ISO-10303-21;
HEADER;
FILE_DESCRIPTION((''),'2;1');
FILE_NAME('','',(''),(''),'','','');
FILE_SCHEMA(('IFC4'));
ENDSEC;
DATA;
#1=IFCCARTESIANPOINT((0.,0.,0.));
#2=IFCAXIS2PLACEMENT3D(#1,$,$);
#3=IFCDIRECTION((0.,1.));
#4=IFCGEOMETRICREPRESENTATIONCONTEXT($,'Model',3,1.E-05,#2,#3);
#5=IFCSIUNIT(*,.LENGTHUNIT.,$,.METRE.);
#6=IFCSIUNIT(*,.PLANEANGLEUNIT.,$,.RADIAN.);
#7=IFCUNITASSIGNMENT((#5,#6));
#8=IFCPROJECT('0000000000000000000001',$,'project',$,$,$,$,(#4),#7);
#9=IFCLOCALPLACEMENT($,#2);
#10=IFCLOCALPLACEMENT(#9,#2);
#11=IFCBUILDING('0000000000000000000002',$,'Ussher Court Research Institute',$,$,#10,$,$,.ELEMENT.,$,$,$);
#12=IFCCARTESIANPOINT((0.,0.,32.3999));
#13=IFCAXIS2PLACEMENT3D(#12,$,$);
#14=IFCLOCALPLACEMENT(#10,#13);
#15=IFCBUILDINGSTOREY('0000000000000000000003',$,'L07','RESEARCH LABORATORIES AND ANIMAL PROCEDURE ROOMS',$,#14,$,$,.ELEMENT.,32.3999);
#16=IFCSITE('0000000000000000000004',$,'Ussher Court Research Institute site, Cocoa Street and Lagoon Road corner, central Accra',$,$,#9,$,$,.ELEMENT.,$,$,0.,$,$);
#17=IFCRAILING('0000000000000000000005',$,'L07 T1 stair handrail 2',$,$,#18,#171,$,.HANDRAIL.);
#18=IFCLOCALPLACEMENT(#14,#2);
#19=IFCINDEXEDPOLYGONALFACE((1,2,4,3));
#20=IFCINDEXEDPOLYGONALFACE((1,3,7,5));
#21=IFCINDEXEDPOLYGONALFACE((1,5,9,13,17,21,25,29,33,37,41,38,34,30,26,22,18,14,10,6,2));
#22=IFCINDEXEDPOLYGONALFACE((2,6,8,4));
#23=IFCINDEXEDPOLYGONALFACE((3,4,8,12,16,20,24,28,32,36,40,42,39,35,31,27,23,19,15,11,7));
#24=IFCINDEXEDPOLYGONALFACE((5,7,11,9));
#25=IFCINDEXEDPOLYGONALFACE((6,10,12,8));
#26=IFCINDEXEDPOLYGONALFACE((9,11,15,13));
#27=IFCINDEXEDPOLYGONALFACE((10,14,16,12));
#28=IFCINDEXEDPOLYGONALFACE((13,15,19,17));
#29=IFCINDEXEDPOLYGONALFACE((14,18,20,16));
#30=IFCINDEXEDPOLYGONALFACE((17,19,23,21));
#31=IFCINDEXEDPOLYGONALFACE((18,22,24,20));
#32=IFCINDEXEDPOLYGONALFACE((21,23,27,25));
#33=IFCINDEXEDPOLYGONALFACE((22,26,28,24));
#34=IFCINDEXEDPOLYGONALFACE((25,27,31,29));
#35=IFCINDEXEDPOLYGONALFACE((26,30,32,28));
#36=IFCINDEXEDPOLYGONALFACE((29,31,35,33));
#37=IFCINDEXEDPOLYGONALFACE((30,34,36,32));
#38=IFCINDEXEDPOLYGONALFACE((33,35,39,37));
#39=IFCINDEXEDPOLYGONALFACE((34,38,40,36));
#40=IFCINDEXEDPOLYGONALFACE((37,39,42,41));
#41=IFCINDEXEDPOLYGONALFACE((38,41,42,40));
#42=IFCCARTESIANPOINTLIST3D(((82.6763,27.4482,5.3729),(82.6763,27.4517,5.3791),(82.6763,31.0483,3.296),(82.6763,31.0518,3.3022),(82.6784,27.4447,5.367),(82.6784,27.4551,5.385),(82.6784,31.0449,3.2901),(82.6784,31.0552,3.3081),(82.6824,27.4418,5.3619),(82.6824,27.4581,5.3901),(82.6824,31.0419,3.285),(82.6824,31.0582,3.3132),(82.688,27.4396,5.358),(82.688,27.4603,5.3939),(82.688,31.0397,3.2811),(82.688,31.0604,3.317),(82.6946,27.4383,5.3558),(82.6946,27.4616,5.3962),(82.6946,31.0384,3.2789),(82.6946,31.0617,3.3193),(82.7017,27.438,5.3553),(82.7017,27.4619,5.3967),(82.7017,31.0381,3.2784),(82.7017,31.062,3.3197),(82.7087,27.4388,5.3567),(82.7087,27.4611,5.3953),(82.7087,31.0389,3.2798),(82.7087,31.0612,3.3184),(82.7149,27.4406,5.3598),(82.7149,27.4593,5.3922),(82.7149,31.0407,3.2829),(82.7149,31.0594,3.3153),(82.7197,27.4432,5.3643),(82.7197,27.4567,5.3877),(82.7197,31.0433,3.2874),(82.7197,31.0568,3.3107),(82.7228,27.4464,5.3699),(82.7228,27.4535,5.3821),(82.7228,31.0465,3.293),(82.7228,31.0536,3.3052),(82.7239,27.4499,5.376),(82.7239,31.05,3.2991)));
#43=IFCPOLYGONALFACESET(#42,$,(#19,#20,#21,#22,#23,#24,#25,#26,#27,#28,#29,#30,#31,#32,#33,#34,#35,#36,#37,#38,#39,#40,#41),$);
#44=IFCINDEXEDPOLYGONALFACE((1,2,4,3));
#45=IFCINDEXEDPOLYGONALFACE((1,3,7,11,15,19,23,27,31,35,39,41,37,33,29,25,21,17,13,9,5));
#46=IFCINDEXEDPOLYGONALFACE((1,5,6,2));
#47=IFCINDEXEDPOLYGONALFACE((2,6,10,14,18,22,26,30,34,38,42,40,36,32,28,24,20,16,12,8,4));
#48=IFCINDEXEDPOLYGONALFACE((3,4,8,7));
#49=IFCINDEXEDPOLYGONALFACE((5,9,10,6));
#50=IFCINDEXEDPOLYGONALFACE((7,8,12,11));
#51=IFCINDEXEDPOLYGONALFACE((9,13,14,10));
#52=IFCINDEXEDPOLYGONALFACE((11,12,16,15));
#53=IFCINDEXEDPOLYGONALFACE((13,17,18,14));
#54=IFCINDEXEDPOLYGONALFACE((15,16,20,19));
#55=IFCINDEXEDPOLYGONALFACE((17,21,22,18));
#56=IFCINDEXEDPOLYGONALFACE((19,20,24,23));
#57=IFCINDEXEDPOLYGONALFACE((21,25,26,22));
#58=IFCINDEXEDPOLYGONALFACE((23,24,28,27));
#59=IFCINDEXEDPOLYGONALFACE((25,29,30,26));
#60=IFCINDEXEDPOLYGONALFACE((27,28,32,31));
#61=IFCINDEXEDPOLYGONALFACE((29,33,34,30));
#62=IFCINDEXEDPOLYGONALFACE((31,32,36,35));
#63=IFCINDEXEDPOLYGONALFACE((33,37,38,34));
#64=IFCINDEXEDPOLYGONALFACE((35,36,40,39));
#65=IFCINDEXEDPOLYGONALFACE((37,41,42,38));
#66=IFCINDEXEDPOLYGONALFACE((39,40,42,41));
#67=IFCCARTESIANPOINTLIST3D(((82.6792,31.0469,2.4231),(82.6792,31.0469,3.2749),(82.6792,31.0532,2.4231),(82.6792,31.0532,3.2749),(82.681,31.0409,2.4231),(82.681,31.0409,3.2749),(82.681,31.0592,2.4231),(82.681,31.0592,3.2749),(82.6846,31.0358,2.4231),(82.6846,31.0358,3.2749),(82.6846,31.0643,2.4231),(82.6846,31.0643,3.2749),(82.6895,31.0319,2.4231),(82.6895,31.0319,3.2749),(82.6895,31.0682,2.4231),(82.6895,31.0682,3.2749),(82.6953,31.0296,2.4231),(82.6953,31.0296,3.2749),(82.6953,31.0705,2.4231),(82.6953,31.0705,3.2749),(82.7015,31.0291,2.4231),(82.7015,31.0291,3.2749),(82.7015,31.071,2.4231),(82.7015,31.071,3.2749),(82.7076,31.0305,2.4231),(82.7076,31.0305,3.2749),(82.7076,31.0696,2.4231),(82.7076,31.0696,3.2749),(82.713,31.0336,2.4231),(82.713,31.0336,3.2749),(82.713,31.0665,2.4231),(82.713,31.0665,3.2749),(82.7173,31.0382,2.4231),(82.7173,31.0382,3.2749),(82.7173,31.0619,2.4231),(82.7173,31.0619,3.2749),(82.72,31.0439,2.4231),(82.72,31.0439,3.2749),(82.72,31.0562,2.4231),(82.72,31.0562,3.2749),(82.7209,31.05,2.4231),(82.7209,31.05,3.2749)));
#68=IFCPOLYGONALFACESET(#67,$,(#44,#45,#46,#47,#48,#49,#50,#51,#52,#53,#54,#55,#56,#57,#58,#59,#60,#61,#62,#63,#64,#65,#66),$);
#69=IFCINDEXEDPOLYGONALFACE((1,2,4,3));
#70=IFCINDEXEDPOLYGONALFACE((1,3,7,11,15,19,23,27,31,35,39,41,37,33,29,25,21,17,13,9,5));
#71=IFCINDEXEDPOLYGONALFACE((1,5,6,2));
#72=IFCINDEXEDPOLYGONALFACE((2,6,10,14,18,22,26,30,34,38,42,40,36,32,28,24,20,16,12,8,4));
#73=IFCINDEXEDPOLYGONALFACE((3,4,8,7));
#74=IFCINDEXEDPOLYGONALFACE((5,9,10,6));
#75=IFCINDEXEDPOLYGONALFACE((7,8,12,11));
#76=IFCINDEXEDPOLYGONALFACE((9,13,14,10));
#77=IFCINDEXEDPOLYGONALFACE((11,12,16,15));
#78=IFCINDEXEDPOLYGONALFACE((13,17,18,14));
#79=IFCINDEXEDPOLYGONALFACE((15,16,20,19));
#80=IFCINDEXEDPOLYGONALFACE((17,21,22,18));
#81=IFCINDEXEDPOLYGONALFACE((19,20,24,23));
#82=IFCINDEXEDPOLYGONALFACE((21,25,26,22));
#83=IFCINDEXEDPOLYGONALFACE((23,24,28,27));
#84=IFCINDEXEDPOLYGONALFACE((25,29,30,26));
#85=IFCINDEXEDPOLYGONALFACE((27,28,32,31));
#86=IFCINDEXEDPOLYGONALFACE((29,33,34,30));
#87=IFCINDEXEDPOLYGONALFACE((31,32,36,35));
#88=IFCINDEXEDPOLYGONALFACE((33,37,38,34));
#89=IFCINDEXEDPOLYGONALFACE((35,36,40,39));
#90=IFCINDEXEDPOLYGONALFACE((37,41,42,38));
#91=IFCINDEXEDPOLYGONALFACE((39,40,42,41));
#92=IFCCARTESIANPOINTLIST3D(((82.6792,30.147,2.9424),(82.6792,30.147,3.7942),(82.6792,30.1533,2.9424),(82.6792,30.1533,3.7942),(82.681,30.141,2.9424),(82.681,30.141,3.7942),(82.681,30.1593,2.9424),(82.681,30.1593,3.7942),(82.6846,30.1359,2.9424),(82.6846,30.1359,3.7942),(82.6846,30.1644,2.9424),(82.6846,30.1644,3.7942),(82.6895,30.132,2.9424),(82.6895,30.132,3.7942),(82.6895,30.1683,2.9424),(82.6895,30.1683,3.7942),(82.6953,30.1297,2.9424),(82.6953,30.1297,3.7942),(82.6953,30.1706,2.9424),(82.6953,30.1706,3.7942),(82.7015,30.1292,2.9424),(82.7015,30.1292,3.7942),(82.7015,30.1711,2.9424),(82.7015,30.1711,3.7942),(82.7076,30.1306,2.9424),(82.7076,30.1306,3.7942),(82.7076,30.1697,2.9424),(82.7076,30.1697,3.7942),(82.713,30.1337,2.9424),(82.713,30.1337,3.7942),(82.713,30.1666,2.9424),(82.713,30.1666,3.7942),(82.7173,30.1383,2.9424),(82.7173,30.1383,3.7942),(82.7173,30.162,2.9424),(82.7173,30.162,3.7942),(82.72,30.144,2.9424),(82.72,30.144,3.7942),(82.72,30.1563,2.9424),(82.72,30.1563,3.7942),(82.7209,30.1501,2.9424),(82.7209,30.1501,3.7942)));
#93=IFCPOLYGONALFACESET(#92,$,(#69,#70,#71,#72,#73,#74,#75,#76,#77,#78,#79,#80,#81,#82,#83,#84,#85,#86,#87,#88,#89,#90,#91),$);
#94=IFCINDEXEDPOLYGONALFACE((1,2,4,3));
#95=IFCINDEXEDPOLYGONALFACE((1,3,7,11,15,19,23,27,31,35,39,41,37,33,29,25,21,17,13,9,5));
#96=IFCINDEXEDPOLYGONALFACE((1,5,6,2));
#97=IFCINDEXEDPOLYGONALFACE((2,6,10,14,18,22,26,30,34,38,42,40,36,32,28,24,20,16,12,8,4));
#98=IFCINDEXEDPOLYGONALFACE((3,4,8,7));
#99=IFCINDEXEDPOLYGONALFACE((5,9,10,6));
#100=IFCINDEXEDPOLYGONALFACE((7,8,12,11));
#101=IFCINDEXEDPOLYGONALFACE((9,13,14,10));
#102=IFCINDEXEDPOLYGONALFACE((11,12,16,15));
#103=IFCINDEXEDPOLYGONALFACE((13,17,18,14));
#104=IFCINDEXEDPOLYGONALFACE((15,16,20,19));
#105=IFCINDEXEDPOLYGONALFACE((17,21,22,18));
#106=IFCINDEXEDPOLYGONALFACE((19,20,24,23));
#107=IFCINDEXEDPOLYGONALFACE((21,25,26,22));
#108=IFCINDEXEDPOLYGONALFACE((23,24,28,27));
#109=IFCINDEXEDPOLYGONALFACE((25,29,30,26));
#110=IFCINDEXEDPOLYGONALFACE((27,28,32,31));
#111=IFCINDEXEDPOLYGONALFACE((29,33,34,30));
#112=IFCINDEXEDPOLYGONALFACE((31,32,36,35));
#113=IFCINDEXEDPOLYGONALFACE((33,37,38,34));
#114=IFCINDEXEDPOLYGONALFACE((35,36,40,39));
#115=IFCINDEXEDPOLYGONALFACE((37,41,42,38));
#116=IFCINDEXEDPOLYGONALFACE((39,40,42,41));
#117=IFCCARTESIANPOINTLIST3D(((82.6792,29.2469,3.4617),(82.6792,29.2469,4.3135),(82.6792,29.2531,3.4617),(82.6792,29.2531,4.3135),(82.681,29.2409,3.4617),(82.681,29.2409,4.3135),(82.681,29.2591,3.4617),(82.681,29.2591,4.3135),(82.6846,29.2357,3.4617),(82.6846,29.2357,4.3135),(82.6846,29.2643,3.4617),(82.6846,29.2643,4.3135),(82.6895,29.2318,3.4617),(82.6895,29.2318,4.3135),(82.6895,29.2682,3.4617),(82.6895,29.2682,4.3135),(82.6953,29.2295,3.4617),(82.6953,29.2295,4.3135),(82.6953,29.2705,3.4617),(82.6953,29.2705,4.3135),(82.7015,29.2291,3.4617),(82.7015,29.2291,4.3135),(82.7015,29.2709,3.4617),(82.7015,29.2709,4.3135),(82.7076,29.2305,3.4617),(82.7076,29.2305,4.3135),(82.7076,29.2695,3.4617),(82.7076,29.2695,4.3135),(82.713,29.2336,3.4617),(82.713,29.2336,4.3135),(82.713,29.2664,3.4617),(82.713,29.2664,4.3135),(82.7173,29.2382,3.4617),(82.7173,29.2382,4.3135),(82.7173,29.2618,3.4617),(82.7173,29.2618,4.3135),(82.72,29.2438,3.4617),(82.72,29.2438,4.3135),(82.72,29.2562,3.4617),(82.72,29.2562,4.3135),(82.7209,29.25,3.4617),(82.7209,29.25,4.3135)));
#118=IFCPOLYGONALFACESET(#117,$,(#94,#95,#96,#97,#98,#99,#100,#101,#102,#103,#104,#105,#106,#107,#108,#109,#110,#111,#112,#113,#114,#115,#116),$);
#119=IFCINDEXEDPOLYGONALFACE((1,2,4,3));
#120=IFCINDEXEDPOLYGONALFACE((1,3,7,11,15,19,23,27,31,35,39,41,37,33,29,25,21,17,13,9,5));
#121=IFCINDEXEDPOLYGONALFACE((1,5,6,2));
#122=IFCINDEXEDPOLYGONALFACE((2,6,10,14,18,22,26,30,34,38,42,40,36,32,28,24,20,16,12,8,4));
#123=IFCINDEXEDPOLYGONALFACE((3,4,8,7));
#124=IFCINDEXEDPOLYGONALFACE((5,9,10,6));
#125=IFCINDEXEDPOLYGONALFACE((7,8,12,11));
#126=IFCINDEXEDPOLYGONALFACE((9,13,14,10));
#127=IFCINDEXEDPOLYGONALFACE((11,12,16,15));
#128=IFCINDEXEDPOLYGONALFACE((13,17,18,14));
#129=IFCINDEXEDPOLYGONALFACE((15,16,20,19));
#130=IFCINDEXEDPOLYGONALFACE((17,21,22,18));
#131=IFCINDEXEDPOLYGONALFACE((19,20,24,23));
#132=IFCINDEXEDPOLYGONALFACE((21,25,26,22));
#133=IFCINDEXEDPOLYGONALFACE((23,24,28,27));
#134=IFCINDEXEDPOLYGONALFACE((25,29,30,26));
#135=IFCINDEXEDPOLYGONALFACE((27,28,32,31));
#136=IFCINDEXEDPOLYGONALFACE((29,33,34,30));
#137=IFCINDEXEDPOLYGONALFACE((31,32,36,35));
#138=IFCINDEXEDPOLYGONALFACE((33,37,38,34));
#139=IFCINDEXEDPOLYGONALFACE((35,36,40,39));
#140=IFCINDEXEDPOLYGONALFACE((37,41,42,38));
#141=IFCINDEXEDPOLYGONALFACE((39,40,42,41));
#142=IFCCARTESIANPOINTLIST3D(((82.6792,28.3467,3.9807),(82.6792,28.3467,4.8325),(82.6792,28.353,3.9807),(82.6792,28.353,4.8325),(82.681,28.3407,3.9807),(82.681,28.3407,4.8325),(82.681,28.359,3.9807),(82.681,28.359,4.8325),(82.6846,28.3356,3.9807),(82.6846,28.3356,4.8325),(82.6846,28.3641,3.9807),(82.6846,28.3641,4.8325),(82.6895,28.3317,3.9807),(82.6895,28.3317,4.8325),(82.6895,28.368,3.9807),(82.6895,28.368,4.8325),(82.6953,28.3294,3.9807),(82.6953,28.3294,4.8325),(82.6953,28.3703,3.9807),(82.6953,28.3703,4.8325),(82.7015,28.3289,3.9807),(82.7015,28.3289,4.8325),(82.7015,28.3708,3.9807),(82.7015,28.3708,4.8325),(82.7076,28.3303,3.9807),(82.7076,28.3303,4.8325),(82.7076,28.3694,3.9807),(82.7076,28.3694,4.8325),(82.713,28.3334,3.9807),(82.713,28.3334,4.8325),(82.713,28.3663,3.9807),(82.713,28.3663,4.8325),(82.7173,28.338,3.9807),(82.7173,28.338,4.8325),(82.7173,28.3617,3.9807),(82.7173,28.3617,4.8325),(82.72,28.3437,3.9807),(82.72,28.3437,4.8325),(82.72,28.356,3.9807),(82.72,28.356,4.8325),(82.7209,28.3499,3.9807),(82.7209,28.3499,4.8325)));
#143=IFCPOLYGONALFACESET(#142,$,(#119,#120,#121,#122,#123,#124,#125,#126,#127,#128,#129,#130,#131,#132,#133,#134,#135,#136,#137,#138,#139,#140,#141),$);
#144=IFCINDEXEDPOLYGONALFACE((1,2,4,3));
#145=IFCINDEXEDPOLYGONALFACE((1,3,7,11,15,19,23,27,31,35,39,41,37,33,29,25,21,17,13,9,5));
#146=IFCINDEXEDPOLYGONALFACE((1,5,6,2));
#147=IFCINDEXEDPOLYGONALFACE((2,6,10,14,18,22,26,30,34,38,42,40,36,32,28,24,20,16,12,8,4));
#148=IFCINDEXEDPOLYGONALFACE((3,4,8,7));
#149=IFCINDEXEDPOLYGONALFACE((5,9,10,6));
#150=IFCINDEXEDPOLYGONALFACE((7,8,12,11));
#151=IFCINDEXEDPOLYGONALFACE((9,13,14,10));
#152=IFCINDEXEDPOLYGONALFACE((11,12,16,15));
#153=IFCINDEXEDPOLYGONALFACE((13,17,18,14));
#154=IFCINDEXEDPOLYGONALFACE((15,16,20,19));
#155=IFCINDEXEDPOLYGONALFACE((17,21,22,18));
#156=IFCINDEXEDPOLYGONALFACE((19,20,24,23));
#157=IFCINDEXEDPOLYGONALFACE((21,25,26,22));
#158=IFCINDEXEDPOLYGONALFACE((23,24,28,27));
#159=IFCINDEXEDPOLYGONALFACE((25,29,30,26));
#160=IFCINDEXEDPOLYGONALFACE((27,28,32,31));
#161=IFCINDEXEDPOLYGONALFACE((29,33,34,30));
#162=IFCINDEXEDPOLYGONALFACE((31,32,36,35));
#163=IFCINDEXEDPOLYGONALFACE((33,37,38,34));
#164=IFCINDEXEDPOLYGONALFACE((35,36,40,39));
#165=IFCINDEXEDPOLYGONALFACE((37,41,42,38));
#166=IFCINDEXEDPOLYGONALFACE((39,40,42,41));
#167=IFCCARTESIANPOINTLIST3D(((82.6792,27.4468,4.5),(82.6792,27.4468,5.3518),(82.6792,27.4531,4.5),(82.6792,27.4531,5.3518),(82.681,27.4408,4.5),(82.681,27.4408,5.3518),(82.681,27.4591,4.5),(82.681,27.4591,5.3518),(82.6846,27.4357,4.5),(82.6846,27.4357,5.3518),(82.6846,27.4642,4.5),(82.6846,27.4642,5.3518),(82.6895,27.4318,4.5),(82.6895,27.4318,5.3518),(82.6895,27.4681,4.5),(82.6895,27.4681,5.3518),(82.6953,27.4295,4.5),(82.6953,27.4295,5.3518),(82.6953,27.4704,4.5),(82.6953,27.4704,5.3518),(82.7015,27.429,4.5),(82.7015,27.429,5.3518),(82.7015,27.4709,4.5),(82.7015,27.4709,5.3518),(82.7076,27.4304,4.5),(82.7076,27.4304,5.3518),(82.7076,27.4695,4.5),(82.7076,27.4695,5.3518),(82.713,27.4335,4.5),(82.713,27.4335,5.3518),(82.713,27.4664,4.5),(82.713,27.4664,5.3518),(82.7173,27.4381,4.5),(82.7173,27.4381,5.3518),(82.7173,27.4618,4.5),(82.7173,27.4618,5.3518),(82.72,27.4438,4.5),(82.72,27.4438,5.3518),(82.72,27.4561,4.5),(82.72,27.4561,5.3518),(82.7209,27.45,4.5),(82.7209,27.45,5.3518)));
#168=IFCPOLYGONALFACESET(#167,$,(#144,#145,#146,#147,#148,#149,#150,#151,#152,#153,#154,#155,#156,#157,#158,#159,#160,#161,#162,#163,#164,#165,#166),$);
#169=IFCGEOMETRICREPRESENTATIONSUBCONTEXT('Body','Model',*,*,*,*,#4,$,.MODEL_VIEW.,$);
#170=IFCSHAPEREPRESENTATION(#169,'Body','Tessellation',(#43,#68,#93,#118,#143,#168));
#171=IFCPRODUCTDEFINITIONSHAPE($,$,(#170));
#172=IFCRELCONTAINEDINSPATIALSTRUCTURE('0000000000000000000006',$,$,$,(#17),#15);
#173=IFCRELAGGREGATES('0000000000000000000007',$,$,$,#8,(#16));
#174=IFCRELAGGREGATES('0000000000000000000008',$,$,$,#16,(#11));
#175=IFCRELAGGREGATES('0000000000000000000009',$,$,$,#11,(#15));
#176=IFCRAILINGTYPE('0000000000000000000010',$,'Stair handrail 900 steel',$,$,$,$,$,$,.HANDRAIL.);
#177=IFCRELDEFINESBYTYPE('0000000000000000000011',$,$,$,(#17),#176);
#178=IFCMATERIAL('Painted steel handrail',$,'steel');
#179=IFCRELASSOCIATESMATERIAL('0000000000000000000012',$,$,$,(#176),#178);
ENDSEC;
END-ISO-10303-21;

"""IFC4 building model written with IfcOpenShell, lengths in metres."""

from ifc_helpers import new_model, si_unit, direction, frame, origin, origin_2d, place, context, subcontext, project, spatial, circle, extrude, material, type_object, element, save


model = new_model("IFC4")

# Units and contexts
model_context = context("Model", 3, precision=1e-05, world=origin(), true_north=direction((0.0, 1.0)))
body_context = subcontext(model_context, "Body", "Model", "MODEL_VIEW")
ifc_project = project(units=[si_unit("LENGTHUNIT", "METRE"), si_unit("PLANEANGLEUNIT", "RADIAN")], contexts=[model_context])

# Site, building, storey
site_placement = place(None, origin())
site = spatial("IfcSite", under=ifc_project, at=site_placement, Name="Ussher Court Research Institute site, Cocoa Street and Lagoon Road corner, central Accra", CompositionType="ELEMENT", RefElevation=0.0)
building_placement = place(site_placement, origin())
building = spatial("IfcBuilding", under=site, at=building_placement, Name="Ussher Court Research Institute", CompositionType="ELEMENT")
storey_placement = place(building_placement, frame((0.0, 0.0, 32.3999)))
storey = spatial("IfcBuildingStorey", under=building, at=storey_placement, Name="L07", Description="RESEARCH LABORATORIES AND ANIMAL PROCEDURE ROOMS", CompositionType="ELEMENT", Elevation=32.3999)

# Railing
ifc_material_1 = material(Name="Painted steel handrail", Category="steel")
railing_type_1 = type_object("IfcRailingType", Name="Stair handrail 900 steel", PredefinedType="HANDRAIL", material=ifc_material_1)
railing_1_placement = place(storey_placement, frame((82.7, 31.05, 2.4231)))
element("IfcRailing", 1, at=railing_1_placement, inside=storey, type_object=railing_type_1, Name="L07 T1 stair handrail 2", PredefinedType="HANDRAIL", context=body_context, shape_type="SweptSolid", body=[
    extrude(circle(Radius=0.0239, at=origin_2d()), frame((0.0, 0.0, 0.876), z_axis=(0.0, -0.866193, 0.499709), x_axis=(1.0, 0.0, 0.0)), (0.0, 0.0, 1.0), 4.1562),
    extrude(circle(Radius=0.021, at=origin_2d()), origin(), (0.0, 0.0, 1.0), 0.8518),
    extrude(circle(Radius=0.021, at=origin_2d()), frame((0.0, -0.8999, 0.5193)), (0.0, 0.0, 1.0), 0.8518),
    extrude(circle(Radius=0.021, at=origin_2d()), frame((0.0, -1.8, 1.0386)), (0.0, 0.0, 1.0), 0.8518),
    extrude(circle(Radius=0.021, at=origin_2d()), frame((0.0, -2.7002, 1.5576)), (0.0, 0.0, 1.0), 0.8518),
    extrude(circle(Radius=0.021, at=origin_2d()), frame((0.0, -3.6001, 2.0769)), (0.0, 0.0, 1.0), 0.8518),
])

save(model, "model.ifc")
